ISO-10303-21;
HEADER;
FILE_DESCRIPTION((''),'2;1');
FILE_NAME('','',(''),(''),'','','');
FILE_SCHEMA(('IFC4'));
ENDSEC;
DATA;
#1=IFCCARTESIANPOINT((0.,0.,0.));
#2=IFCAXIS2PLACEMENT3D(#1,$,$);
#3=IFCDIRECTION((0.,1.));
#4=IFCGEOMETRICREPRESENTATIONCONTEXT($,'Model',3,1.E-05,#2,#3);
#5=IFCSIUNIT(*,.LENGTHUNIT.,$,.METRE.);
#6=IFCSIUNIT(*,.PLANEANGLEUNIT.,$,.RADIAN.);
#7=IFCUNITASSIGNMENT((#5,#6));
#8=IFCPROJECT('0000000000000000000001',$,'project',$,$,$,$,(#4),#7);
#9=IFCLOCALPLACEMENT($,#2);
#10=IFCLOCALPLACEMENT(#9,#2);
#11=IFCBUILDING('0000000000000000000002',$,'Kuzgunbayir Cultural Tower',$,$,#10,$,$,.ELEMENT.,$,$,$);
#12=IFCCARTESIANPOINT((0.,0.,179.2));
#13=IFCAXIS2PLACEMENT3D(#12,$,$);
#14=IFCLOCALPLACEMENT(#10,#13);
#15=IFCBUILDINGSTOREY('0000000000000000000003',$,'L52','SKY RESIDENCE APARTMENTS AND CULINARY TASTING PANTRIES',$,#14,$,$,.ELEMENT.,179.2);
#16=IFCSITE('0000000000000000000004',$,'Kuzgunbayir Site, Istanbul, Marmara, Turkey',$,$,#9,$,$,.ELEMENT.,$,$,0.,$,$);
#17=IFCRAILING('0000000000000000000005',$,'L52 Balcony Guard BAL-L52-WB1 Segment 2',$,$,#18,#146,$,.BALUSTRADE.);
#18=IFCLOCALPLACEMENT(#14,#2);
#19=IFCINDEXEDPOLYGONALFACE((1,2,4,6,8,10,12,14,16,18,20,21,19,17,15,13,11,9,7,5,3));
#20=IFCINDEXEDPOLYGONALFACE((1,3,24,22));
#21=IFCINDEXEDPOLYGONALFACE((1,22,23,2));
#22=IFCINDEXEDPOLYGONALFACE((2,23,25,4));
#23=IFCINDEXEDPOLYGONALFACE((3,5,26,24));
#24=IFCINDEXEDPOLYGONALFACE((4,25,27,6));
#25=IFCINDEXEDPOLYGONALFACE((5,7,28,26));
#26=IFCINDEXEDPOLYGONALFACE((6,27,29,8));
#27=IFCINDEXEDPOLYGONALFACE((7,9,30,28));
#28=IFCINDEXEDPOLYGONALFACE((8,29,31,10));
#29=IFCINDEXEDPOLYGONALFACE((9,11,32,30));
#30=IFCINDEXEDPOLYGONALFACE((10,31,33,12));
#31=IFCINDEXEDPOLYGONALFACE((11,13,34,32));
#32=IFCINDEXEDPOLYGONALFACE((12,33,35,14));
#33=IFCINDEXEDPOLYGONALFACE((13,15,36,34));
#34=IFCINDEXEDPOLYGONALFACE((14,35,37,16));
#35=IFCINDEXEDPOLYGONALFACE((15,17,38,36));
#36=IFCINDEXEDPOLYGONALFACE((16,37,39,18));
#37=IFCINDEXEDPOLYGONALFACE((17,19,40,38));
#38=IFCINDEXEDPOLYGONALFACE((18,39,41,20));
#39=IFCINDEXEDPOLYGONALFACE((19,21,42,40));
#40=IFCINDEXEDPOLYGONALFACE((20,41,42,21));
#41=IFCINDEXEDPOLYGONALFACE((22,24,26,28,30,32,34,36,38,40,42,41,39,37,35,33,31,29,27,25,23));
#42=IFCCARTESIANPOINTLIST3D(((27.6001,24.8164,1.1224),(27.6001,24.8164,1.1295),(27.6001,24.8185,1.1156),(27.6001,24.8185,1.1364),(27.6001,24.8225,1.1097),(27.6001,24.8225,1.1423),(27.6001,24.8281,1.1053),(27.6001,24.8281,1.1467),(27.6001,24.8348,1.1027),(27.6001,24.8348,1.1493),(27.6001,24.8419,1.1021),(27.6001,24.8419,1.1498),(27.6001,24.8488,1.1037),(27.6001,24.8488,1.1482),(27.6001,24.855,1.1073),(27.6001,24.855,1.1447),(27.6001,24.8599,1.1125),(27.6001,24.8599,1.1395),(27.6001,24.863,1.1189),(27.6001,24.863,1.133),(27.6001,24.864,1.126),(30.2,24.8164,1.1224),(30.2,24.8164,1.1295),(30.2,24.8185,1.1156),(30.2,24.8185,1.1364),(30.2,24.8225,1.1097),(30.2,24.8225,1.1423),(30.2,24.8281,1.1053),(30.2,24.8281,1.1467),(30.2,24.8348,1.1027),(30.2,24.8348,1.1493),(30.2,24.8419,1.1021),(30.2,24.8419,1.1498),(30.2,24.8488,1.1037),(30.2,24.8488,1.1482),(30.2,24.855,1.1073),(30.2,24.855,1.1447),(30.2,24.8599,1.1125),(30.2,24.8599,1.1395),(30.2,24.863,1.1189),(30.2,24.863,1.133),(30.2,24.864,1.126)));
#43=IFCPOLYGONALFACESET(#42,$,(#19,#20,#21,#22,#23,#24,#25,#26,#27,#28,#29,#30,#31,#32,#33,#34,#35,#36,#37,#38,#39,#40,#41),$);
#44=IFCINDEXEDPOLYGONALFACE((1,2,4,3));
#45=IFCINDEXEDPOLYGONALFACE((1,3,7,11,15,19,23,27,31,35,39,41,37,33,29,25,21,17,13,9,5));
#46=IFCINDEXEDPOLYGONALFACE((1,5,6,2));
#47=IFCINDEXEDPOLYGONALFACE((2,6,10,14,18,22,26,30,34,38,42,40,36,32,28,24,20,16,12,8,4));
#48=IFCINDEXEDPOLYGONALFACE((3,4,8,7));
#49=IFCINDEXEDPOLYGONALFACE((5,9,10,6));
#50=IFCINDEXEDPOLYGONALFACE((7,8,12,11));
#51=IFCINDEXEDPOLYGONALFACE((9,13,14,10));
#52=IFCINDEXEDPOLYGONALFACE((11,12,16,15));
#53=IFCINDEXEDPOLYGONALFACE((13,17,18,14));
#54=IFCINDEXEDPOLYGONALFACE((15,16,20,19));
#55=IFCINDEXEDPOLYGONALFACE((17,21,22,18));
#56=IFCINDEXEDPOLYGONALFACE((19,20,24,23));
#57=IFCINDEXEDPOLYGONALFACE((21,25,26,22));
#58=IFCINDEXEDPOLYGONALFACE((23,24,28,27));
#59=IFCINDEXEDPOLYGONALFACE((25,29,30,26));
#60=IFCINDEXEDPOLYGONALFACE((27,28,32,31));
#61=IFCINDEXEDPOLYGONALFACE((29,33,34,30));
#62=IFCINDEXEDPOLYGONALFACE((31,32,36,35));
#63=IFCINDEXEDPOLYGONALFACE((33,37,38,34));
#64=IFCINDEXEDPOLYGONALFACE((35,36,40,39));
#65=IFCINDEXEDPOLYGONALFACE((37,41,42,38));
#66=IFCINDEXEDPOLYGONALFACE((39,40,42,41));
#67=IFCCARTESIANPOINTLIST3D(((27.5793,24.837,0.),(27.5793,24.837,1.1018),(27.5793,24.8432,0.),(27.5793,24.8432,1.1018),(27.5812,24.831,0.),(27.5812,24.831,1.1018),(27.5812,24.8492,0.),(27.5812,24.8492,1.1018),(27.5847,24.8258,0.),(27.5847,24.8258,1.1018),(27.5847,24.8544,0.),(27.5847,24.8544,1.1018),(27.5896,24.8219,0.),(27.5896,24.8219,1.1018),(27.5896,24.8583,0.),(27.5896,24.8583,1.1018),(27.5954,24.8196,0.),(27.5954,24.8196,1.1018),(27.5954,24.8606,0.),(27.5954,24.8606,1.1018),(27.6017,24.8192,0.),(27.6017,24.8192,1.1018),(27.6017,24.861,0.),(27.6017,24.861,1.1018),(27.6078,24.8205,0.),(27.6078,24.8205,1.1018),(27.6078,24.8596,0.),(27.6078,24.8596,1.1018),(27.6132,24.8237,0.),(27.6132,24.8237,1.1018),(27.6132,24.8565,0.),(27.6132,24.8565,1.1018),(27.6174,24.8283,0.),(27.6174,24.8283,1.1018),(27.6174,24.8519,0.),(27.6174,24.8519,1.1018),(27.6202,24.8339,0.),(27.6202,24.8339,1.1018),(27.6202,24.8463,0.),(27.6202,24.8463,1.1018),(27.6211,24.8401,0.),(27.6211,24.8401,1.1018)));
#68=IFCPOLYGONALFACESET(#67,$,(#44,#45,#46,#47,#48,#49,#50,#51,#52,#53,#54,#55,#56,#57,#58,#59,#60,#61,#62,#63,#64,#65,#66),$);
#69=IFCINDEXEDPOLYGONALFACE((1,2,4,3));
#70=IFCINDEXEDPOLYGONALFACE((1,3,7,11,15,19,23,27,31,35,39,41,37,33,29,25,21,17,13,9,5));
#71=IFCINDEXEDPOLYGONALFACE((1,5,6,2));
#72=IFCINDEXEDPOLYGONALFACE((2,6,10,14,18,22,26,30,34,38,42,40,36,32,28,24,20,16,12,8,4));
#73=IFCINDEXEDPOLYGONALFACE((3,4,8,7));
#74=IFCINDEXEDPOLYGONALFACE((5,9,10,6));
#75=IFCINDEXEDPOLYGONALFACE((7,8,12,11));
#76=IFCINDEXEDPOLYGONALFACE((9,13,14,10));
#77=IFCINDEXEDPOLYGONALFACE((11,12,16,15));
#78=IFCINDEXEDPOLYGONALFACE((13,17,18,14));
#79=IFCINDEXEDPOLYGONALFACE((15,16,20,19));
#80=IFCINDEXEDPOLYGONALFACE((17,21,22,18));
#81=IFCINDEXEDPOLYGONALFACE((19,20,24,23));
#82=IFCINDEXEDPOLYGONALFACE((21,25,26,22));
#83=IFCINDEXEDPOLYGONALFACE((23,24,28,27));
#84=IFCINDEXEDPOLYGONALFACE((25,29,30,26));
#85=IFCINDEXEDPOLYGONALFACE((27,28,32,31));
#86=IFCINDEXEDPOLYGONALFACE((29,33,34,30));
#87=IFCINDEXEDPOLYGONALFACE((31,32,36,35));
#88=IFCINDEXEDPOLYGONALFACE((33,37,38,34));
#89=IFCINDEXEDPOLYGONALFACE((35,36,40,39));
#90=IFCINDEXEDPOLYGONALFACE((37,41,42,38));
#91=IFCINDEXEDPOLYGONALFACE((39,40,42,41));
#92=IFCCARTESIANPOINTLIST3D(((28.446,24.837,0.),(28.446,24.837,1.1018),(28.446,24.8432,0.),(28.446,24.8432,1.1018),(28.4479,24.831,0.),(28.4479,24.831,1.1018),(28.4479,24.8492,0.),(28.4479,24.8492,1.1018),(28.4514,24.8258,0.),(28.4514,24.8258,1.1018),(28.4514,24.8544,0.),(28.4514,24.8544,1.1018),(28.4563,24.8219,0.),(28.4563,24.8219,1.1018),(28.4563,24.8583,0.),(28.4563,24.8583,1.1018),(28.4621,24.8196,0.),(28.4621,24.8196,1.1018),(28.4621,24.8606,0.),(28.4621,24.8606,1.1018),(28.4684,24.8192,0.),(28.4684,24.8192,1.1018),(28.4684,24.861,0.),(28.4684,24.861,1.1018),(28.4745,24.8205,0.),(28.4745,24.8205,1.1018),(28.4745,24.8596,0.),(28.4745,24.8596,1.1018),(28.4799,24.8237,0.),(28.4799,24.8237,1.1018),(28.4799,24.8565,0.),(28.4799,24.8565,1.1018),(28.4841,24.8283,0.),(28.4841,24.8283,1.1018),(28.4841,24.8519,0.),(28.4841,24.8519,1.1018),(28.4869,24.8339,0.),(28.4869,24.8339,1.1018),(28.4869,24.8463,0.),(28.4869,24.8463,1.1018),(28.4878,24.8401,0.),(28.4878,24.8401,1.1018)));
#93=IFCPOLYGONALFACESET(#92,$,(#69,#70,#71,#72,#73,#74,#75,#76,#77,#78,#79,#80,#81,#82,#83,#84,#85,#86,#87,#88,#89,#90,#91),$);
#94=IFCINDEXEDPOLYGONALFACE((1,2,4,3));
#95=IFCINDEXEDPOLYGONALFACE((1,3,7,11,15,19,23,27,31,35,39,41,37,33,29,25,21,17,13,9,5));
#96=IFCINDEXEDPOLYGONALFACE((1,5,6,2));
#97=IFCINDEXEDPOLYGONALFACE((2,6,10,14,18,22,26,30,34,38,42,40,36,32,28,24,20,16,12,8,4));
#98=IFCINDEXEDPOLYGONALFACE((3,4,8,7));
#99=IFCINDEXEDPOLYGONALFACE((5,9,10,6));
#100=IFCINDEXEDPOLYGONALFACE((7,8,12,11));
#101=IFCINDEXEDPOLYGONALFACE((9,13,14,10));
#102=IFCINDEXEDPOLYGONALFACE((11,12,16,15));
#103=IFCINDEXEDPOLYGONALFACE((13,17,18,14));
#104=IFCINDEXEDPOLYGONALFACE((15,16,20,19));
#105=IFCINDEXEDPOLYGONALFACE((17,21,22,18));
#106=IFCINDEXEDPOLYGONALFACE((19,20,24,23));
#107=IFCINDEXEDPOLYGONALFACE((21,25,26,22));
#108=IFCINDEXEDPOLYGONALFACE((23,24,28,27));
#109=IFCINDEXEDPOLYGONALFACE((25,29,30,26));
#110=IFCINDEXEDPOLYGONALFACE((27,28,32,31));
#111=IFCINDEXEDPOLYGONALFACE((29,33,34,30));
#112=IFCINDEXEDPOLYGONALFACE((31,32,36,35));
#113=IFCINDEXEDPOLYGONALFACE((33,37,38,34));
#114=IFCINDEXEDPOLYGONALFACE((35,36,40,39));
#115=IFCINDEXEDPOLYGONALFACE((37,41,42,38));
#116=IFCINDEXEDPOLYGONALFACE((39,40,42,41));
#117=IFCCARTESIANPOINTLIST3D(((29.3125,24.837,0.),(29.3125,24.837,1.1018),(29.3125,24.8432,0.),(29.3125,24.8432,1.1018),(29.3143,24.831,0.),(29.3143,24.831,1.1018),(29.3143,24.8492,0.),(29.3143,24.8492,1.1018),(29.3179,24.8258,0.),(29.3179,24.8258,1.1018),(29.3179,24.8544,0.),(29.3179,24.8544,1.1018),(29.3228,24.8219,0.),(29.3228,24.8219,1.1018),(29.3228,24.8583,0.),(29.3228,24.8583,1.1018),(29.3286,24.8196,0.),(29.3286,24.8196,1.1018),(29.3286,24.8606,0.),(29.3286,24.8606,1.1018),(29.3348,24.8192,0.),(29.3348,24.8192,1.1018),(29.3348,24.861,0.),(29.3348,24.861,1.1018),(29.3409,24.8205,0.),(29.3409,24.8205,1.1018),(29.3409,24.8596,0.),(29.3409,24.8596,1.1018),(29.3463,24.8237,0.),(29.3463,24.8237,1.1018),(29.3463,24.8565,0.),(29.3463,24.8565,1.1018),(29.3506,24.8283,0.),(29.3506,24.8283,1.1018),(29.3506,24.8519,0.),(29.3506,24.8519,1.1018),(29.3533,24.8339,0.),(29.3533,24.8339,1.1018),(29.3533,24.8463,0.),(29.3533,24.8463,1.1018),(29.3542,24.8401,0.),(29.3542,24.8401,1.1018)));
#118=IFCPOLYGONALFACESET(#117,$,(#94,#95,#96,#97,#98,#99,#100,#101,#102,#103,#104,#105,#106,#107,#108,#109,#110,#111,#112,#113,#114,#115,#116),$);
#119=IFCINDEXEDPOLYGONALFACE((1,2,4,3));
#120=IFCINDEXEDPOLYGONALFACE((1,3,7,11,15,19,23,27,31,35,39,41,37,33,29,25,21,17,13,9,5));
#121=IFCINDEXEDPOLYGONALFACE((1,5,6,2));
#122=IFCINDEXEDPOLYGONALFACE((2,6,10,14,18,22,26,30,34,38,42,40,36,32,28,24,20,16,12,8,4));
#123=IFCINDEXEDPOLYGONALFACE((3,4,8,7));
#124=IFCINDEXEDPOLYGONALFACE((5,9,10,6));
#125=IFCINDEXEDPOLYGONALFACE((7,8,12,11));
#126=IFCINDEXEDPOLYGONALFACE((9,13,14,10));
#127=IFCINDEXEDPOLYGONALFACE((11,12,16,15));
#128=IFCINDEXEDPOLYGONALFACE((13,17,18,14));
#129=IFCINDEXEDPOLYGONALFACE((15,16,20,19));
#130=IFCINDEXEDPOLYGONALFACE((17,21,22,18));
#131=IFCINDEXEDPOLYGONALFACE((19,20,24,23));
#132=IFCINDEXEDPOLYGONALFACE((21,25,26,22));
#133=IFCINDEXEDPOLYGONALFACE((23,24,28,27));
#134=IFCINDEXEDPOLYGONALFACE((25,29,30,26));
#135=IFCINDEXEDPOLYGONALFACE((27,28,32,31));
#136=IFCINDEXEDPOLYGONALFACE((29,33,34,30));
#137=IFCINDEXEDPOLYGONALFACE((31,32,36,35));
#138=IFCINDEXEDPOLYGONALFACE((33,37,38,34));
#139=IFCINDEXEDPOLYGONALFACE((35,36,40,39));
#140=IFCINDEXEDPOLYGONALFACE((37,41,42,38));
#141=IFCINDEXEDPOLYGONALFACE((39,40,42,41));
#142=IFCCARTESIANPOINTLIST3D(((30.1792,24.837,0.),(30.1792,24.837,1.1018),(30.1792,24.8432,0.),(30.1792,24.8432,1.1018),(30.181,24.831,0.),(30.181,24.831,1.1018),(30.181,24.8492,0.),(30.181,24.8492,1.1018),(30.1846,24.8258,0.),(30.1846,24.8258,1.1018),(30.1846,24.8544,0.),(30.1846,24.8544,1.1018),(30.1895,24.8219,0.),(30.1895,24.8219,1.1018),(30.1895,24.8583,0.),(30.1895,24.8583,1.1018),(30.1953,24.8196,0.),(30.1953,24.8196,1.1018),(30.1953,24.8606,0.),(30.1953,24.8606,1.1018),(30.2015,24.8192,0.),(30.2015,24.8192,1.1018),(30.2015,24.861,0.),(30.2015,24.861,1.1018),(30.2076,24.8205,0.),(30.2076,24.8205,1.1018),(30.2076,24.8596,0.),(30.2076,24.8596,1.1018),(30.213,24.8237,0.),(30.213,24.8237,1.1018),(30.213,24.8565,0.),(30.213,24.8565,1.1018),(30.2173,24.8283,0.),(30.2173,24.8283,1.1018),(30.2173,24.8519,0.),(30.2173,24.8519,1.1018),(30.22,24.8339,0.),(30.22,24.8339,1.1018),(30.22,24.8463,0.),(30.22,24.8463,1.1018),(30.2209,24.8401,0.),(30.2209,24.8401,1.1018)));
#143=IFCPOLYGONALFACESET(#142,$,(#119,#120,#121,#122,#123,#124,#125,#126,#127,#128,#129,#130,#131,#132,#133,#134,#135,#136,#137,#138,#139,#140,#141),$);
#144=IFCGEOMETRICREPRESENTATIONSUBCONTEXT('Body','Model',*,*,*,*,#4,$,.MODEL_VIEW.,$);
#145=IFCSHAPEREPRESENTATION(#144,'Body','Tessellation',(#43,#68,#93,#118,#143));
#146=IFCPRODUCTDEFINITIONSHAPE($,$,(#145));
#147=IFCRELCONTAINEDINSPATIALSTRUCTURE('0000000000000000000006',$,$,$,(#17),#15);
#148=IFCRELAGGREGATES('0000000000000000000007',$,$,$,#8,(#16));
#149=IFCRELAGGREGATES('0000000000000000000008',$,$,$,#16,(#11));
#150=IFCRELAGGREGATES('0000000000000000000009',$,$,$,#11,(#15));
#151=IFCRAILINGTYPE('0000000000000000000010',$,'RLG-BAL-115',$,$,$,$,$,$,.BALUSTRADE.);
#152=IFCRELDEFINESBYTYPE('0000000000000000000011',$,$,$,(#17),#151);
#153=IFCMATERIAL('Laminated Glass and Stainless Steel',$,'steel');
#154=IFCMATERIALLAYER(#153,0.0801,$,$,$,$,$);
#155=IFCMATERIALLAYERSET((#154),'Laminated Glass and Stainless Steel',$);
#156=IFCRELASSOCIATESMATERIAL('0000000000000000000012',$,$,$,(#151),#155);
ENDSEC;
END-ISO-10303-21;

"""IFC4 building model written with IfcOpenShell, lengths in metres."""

from ifc_helpers import new_model, si_unit, direction, frame, origin, origin_2d, place, context, subcontext, project, spatial, circle, extrude, material, layer, layer_set, type_object, element, save


model = new_model("IFC4")

# Units and contexts
model_context = context("Model", 3, precision=1e-05, world=origin(), true_north=direction((0.0, 1.0)))
body_context = subcontext(model_context, "Body", "Model", "MODEL_VIEW")
ifc_project = project(units=[si_unit("LENGTHUNIT", "METRE"), si_unit("PLANEANGLEUNIT", "RADIAN")], contexts=[model_context])

# Site, building, storey
site_placement = place(None, origin())
site = spatial("IfcSite", under=ifc_project, at=site_placement, Name="Kuzgunbayir Site, Istanbul, Marmara, Turkey", CompositionType="ELEMENT", RefElevation=0.0)
building_placement = place(site_placement, origin())
building = spatial("IfcBuilding", under=site, at=building_placement, Name="Kuzgunbayir Cultural Tower", CompositionType="ELEMENT")
storey_placement = place(building_placement, frame((0.0, 0.0, 179.2)))
storey = spatial("IfcBuildingStorey", under=building, at=storey_placement, Name="L52", Description="SKY RESIDENCE APARTMENTS AND CULINARY TASTING PANTRIES", CompositionType="ELEMENT", Elevation=179.2)

# Railing
ifc_material_1 = material(Name="Laminated Glass and Stainless Steel", Category="steel")
ifc_layer_1 = layer(ifc_material_1, 0.0801)
ifc_layer_set_1 = layer_set([ifc_layer_1], Name="Laminated Glass and Stainless Steel")
railing_type = type_object("IfcRailingType", Name="RLG-BAL-115", PredefinedType="BALUSTRADE", material=ifc_layer_set_1)
railing_1_placement = place(storey_placement, frame((27.6001, 24.8401, 0.0)))
element("IfcRailing", 1, at=railing_1_placement, inside=storey, type_object=railing_type, Name="L52 Balcony Guard BAL-L52-WB1 Segment 2", PredefinedType="BALUSTRADE", context=body_context, shape_type="SweptSolid", body=[
    extrude(circle(Radius=0.0239, at=origin_2d()), frame((0.0, 0.0, 1.126), z_axis=(1.0, 0.0, 0.0), x_axis=(0.0, 1.0, 0.0)), (0.0, 0.0, 1.0), 2.5999),
    extrude(circle(Radius=0.021, at=origin_2d()), origin(), (0.0, 0.0, 1.0), 1.1018),
    extrude(circle(Radius=0.021, at=origin_2d()), frame((0.8667, 0.0, 0.0)), (0.0, 0.0, 1.0), 1.1018),
    extrude(circle(Radius=0.021, at=origin_2d()), frame((1.7332, 0.0, 0.0)), (0.0, 0.0, 1.0), 1.1018),
    extrude(circle(Radius=0.021, at=origin_2d()), frame((2.5999, 0.0, 0.0)), (0.0, 0.0, 1.0), 1.1018),
])

save(model, "model.ifc")
